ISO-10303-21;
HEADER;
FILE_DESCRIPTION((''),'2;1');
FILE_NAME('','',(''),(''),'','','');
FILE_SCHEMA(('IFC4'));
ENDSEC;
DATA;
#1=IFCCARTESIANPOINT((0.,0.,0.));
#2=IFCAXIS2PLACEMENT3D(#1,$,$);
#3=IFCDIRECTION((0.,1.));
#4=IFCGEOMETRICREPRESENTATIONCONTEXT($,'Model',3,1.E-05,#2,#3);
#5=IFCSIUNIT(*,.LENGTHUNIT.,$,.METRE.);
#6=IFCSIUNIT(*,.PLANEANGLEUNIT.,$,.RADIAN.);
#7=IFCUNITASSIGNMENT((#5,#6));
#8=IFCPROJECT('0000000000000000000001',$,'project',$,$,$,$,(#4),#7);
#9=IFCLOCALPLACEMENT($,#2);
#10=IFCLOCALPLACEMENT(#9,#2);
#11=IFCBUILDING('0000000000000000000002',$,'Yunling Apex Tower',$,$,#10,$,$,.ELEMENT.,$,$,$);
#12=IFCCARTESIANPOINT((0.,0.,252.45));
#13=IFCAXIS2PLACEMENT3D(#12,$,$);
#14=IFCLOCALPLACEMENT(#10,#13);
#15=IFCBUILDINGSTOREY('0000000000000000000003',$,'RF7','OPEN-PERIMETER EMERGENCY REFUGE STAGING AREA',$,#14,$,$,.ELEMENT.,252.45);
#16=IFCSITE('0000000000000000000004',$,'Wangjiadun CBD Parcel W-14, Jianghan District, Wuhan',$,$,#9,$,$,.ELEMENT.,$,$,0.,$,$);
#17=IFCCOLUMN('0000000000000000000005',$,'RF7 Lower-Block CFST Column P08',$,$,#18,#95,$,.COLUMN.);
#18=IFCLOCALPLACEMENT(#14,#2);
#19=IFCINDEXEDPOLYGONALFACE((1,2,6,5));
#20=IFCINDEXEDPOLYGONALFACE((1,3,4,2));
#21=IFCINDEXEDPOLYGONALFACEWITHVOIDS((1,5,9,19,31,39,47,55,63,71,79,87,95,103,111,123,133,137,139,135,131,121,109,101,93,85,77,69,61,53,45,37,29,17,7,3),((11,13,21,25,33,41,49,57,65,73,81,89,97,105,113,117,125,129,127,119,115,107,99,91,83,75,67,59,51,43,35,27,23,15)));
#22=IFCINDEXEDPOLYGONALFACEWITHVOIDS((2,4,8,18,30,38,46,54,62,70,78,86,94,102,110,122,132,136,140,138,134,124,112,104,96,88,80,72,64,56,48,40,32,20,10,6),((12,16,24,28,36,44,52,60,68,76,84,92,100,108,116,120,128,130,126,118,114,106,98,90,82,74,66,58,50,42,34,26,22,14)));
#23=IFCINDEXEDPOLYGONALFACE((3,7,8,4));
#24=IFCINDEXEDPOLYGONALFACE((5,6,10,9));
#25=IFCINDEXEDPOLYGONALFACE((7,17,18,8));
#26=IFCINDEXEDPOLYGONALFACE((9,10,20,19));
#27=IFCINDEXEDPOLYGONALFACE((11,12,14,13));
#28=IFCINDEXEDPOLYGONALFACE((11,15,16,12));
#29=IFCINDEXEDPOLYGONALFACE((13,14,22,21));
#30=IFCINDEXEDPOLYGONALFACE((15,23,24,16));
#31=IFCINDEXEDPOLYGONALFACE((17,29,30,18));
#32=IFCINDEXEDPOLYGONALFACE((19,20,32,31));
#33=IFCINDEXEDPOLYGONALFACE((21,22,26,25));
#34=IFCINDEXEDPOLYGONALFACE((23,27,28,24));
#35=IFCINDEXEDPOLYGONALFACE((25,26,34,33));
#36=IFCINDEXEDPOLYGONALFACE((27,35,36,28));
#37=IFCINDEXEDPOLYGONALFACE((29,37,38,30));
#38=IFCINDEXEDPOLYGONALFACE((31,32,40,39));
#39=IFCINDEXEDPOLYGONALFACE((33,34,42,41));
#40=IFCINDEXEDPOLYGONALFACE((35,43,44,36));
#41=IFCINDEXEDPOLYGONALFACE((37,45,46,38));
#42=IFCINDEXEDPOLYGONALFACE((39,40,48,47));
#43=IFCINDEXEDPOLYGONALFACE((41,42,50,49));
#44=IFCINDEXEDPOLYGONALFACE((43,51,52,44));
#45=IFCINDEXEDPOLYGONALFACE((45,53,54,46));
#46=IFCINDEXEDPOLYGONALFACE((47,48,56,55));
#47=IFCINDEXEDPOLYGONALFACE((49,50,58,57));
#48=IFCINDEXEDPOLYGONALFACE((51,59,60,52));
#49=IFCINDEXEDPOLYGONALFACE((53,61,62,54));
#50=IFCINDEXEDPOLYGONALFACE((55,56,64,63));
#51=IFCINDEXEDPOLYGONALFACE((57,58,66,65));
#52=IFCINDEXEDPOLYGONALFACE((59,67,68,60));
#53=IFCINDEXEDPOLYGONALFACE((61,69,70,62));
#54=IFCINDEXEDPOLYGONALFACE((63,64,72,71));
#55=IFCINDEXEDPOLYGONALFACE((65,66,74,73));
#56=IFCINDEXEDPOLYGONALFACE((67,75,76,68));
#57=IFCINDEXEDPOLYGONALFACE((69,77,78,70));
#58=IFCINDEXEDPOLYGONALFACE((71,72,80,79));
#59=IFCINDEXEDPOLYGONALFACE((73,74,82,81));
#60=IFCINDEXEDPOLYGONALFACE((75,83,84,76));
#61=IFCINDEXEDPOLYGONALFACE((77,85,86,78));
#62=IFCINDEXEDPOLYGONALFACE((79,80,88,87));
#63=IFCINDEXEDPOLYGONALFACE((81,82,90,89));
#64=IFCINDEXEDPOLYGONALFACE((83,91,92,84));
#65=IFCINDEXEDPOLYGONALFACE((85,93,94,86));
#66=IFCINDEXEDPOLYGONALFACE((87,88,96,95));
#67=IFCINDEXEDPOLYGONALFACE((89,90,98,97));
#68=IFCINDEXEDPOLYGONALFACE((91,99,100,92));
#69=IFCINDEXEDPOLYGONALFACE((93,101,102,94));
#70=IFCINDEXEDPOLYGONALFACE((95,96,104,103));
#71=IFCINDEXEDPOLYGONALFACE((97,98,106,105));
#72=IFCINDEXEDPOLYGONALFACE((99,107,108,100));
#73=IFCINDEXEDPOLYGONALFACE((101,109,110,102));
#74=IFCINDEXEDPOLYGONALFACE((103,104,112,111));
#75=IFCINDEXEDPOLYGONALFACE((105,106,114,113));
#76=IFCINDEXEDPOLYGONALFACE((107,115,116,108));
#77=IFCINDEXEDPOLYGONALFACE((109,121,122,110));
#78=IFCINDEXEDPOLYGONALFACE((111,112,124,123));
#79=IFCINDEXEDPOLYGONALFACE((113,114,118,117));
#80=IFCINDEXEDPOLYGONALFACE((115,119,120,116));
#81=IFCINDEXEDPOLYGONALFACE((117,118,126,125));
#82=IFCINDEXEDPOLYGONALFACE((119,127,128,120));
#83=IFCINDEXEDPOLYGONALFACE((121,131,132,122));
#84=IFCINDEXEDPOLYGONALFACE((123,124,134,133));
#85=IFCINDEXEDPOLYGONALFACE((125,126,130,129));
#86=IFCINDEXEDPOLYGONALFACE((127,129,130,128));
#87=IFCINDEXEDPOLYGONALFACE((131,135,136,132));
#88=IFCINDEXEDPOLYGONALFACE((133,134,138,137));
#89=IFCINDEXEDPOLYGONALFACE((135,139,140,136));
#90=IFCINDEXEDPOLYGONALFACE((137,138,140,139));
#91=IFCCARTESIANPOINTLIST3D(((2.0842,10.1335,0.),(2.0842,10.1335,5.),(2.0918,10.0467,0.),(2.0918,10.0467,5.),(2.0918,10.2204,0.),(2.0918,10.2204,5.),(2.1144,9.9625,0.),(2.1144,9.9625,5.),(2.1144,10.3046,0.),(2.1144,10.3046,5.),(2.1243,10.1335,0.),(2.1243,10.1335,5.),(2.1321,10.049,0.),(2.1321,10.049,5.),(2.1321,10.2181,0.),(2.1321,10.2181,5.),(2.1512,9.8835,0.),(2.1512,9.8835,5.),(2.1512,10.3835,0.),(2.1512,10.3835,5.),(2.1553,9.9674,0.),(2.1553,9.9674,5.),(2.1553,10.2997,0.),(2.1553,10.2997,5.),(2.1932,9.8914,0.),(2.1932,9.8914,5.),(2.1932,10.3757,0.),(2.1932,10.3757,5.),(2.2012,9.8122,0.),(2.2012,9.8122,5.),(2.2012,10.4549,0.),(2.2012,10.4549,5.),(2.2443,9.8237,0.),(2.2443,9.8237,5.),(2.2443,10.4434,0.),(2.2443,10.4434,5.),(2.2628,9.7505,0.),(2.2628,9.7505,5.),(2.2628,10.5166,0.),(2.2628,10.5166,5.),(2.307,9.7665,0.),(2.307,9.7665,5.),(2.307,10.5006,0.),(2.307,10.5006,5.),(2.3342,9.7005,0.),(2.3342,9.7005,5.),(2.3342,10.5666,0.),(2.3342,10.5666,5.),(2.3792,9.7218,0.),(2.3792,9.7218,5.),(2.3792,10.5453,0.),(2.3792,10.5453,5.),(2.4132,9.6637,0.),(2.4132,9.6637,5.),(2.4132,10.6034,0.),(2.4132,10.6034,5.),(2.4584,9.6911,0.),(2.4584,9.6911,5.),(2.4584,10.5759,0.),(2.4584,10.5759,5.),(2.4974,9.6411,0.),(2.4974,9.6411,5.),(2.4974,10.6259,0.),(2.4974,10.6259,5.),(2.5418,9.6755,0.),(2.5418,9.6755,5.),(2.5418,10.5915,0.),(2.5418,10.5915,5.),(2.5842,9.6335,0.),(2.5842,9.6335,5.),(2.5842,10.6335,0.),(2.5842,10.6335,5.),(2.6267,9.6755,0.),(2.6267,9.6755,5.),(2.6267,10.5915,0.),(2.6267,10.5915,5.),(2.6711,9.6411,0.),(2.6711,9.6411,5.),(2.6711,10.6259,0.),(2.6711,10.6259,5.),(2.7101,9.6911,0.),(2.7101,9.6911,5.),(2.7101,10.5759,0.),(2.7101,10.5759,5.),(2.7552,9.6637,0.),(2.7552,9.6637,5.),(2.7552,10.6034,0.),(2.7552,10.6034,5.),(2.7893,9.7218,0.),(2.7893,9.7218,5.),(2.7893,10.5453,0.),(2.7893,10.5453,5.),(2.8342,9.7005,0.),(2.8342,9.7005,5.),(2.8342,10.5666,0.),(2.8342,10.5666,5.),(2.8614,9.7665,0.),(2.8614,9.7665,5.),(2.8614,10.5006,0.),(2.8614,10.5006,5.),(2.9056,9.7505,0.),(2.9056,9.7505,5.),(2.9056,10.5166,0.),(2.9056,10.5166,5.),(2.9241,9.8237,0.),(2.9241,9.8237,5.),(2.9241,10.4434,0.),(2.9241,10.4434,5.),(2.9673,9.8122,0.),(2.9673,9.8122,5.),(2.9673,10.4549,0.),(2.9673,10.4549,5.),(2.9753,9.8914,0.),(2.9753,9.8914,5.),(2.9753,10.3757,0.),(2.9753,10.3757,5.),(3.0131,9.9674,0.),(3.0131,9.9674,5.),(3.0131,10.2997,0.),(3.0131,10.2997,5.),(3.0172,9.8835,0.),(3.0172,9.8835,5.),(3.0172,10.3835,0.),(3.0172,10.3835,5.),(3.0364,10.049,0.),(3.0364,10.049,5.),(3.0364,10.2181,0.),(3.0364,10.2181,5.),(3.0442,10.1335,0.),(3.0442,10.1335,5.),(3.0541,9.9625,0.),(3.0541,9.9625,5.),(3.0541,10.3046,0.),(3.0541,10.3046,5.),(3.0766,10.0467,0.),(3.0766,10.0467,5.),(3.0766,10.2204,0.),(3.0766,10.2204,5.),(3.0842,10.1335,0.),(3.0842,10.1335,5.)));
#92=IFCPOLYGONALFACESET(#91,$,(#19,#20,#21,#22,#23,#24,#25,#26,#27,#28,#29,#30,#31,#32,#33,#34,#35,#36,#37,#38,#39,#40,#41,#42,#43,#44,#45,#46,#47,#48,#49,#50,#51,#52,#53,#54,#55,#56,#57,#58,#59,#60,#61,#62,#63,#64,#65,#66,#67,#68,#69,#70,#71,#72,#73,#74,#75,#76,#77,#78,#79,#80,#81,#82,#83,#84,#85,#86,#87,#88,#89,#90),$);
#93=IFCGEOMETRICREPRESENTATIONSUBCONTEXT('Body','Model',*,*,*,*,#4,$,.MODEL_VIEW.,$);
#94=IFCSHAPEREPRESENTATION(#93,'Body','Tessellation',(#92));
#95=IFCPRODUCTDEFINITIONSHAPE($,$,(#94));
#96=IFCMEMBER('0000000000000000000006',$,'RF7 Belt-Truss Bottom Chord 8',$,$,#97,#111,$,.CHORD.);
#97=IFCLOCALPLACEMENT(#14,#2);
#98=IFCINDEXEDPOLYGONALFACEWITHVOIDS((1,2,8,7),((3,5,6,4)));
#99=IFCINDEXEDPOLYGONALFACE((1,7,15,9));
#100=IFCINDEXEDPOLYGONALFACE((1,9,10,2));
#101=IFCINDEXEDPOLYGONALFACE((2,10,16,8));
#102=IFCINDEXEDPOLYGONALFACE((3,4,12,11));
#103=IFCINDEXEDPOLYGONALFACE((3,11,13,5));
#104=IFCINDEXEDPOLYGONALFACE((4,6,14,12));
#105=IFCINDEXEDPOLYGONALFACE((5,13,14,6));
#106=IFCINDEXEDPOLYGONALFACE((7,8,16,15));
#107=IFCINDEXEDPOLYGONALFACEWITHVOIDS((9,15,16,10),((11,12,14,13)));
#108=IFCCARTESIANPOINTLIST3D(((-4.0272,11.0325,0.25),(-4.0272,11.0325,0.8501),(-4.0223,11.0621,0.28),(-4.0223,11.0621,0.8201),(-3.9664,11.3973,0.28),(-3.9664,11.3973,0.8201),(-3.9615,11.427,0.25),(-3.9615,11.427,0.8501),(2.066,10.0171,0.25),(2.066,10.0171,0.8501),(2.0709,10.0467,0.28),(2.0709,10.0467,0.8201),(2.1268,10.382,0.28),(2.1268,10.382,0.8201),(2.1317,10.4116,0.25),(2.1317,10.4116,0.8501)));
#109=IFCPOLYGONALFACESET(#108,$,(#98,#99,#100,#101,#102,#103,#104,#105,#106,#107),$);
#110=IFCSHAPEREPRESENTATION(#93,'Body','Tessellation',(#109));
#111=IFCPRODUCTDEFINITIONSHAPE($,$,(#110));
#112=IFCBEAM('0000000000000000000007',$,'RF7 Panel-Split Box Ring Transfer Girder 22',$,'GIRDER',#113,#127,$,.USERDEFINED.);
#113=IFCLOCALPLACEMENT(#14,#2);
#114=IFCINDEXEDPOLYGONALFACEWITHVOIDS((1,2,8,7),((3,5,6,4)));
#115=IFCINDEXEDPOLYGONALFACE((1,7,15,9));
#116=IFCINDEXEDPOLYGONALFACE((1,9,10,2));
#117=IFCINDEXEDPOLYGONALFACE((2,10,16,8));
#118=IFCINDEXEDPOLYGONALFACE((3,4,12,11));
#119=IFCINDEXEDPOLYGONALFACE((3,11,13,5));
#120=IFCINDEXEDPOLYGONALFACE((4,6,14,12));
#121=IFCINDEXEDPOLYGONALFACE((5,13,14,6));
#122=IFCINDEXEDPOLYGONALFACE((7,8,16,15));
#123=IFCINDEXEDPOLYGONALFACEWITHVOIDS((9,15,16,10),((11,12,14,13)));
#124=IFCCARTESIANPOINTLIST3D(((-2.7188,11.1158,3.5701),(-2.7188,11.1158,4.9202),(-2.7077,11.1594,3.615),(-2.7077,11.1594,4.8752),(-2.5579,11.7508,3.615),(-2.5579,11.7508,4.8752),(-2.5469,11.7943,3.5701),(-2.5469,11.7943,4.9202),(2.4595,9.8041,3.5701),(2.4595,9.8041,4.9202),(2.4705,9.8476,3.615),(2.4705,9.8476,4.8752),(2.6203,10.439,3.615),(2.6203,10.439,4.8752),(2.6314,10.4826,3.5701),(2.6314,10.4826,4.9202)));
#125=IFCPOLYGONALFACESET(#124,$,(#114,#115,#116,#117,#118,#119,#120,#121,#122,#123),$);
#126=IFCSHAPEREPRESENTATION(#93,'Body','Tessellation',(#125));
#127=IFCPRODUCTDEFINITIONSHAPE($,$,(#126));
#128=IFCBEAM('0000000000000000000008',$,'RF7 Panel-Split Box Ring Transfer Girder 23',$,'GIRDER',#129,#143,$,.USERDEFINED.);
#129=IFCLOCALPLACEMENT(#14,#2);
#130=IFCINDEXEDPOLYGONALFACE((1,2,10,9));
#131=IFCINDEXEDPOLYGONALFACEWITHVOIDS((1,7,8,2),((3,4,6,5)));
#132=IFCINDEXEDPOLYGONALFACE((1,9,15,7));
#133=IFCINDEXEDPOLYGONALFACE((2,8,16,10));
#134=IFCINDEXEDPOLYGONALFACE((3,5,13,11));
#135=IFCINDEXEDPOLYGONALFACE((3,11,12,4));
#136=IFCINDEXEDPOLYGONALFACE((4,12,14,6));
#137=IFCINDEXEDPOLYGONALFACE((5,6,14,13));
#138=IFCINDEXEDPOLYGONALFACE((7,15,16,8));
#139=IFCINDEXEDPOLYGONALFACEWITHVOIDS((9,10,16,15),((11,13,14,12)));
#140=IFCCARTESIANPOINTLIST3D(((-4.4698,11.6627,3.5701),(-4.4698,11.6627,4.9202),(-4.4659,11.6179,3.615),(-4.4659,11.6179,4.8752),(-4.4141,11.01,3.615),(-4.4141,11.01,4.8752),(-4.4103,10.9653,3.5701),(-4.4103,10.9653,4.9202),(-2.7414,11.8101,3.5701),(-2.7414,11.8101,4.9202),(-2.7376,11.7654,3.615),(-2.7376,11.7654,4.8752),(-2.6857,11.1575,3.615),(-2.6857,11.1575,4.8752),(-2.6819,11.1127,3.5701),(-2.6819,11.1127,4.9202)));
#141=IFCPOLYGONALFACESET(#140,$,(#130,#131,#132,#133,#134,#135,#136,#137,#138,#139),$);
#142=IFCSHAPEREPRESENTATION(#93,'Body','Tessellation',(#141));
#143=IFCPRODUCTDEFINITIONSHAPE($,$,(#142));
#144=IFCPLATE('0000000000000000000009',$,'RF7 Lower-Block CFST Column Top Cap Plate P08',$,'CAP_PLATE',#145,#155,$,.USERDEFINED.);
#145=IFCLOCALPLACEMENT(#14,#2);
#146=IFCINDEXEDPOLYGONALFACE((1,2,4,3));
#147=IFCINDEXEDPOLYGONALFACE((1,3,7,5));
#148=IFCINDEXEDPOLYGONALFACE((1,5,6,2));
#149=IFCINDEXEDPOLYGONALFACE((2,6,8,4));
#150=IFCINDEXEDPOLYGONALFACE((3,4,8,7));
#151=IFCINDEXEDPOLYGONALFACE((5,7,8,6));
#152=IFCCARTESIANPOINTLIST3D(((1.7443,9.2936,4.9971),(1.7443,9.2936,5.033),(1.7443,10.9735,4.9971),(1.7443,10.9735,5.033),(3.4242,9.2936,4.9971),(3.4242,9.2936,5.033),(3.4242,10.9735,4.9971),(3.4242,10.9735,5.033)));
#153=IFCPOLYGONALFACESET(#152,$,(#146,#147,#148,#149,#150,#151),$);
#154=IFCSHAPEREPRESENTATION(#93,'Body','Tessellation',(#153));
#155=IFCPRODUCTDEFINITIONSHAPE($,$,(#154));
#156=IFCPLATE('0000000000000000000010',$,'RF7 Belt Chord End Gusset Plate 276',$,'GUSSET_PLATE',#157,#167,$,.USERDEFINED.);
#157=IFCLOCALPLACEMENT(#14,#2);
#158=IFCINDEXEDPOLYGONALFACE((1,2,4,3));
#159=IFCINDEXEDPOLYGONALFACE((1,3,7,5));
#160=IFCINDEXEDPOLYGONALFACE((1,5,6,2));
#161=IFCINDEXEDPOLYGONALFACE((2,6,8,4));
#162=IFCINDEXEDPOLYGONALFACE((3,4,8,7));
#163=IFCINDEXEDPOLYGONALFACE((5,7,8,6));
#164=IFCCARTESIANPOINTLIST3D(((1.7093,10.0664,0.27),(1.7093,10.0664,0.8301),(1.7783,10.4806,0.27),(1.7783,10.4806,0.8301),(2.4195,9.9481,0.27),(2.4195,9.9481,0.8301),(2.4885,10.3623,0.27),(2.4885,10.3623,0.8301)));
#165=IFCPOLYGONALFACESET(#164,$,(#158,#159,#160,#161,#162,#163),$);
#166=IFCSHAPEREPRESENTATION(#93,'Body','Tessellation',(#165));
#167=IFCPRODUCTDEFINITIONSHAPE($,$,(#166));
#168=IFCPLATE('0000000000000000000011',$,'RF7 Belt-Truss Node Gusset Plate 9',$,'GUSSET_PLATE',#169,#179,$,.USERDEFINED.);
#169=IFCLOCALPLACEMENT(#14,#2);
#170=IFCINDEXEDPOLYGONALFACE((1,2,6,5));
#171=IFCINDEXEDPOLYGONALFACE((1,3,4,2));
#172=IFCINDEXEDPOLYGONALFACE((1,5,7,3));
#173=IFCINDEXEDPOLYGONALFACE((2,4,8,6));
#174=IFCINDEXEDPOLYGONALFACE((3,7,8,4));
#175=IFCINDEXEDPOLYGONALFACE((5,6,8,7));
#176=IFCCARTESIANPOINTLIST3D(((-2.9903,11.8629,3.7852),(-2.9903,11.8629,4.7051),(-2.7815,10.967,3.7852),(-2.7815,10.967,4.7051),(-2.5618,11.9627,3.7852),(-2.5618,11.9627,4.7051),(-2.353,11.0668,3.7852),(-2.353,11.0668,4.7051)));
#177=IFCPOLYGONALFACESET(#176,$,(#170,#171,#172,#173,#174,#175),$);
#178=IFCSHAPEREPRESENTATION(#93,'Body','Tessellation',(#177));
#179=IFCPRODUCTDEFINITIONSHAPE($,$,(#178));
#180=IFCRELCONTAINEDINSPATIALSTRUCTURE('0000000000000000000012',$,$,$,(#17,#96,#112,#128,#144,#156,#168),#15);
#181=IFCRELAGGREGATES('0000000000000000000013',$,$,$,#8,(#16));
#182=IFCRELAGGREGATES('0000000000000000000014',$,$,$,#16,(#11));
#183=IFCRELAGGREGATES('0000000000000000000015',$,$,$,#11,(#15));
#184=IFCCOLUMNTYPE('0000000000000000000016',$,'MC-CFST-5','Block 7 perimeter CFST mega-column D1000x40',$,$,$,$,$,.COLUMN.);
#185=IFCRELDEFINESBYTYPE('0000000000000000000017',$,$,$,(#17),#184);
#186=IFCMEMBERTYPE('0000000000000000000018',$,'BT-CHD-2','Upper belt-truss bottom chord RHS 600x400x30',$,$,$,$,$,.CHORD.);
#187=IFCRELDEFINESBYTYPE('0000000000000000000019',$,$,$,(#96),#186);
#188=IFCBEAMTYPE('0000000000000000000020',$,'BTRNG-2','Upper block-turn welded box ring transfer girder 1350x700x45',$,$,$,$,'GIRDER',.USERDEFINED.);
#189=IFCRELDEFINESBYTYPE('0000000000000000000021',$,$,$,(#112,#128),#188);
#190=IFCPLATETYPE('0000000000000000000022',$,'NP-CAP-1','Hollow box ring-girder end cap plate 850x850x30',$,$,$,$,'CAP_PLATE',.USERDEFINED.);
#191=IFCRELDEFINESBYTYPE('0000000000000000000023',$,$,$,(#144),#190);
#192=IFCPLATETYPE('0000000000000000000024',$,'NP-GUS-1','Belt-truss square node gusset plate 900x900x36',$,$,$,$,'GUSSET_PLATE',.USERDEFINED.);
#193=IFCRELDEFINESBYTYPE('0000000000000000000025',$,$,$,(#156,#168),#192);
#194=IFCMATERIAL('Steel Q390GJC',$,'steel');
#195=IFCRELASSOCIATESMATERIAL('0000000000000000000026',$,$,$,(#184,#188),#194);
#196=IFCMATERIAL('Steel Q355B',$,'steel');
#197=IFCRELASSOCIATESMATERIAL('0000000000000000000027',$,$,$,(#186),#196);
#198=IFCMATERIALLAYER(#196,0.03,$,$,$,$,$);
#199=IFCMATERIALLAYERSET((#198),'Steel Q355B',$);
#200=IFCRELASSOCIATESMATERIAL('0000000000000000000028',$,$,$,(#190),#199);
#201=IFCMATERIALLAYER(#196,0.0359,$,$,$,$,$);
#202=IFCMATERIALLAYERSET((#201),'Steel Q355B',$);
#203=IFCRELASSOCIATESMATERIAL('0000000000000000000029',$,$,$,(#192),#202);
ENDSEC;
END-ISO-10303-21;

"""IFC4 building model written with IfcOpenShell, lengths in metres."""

from ifc_helpers import new_model, si_unit, direction, frame, origin, origin_2d, place, context, subcontext, project, spatial, rectangle, hollow_rectangle, hollow_circle, extrude, source, transform, mapped, material, layer, layer_set, material_profile, profile_set, type_object, element, save


model = new_model("IFC4")

# Units and contexts
model_context = context("Model", 3, precision=1e-05, world=origin(), true_north=direction((0.0, 1.0)))
body_context = subcontext(model_context, "Body", "Model", "MODEL_VIEW")
ifc_project = project(units=[si_unit("LENGTHUNIT", "METRE"), si_unit("PLANEANGLEUNIT", "RADIAN")], contexts=[model_context])

# Site, building, storey
site_placement = place(None, origin())
site = spatial("IfcSite", under=ifc_project, at=site_placement, Name="Wangjiadun CBD Parcel W-14, Jianghan District, Wuhan", CompositionType="ELEMENT", RefElevation=0.0)
building_placement = place(site_placement, origin())
building = spatial("IfcBuilding", under=site, at=building_placement, Name="Yunling Apex Tower", CompositionType="ELEMENT")
storey_placement = place(building_placement, frame((0.0, 0.0, 252.45)))
storey = spatial("IfcBuildingStorey", under=building, at=storey_placement, Name="RF7", Description="OPEN-PERIMETER EMERGENCY REFUGE STAGING AREA", CompositionType="ELEMENT", Elevation=252.45)

# Column
ifc_material_1 = material(Name="Steel Q390GJC", Category="steel")
ifc_material_profile_1 = material_profile(ifc_material_1, hollow_circle(Radius=0.5, WallThickness=0.04, at=origin_2d()))
ifc_profile_set_1 = profile_set([ifc_material_profile_1], Name="Steel Q390GJC")
column_type = type_object("IfcColumnType", Name="MC-CFST-5", Description="Block 7 perimeter CFST mega-column D1000x40", PredefinedType="COLUMN", material=ifc_profile_set_1)
shared_shape_1 = source(origin(), body_context, "Body", "SweptSolid", [
    extrude(hollow_circle(Radius=0.5, WallThickness=0.04, at=origin_2d()), origin(), (0.0, 0.0, 1.0), 5.0),
])
column_placement = place(storey_placement, frame((2.5842, 10.1335, 0.0), z_axis=(0.0, 0.0, 1.0), x_axis=(1.0, 0.0, 0.0)))
element("IfcColumn", 1, at=column_placement, inside=storey, type_object=column_type, Name="RF7 Lower-Block CFST Column P08", PredefinedType="COLUMN", context=body_context, shape_type="MappedRepresentation", body=[
    mapped(shared_shape_1, transform((0.0, 0.0, 0.0), scale=1.0)),
])

# Member
ifc_material_2 = material(Name="Steel Q355B", Category="steel")
ifc_material_profile_2 = material_profile(ifc_material_2, hollow_rectangle(XDim=0.3999, YDim=0.6001, WallThickness=0.03, at=origin_2d()))
ifc_profile_set_2 = profile_set([ifc_material_profile_2], Name="Steel Q355B")
member_type = type_object("IfcMemberType", Name="BT-CHD-2", Description="Upper belt-truss bottom chord RHS 600x400x30", PredefinedType="CHORD", material=ifc_profile_set_2)
shared_shape_2 = source(origin(), body_context, "Body", "SweptSolid", [
    extrude(hollow_rectangle(XDim=0.3999, YDim=0.6001, WallThickness=0.03, at=origin_2d()), origin(), (0.0, 0.0, 1.0), 6.1772),
])
member_placement = place(storey_placement, frame((2.0989, 10.2144, 0.55), z_axis=(-0.986398, 0.164373, 0.0), x_axis=(-0.164373, -0.986398, 0.0)))
element("IfcMember", 2, at=member_placement, inside=storey, type_object=member_type, Name="RF7 Belt-Truss Bottom Chord 8", PredefinedType="CHORD", context=body_context, shape_type="MappedRepresentation", body=[
    mapped(shared_shape_2, transform((0.0, 0.0, 0.0), scale=1.0)),
])

# Beams
ifc_material_profile_3 = material_profile(ifc_material_1, hollow_rectangle(XDim=0.7, YDim=1.3501, WallThickness=0.0449, at=origin_2d()))
ifc_profile_set_3 = profile_set([ifc_material_profile_3], Name="Steel Q390GJC")
beam_type = type_object("IfcBeamType", Name="BTRNG-2", Description="Upper block-turn welded box ring transfer girder 1350x700x45", ElementType="GIRDER", PredefinedType="USERDEFINED", material=ifc_profile_set_3)
shared_shape_3 = source(origin(), body_context, "Body", "SweptSolid", [
    extrude(hollow_rectangle(XDim=0.7, YDim=1.3501, WallThickness=0.0449, at=origin_2d()), origin(), (0.0, 0.0, 1.0), 5.3418),
])
beam_1_placement = place(storey_placement, frame((2.5454, 10.1433, 4.2451), z_axis=(-0.96938, 0.245567, 0.0), x_axis=(-0.245567, -0.96938, 0.0)))
element("IfcBeam", 3, at=beam_1_placement, inside=storey, type_object=beam_type, Name="RF7 Panel-Split Box Ring Transfer Girder 22", ObjectType="GIRDER", PredefinedType="USERDEFINED", context=body_context, shape_type="MappedRepresentation", body=[
    mapped(shared_shape_3, transform((0.0, 0.0, 0.0), scale=1.0)),
])
shared_shape_4 = source(origin(), body_context, "Body", "SweptSolid", [
    extrude(hollow_rectangle(XDim=0.7, YDim=1.3501, WallThickness=0.0449, at=origin_2d()), origin(), (0.0, 0.0, 1.0), 1.7346),
])
beam_2_placement = place(storey_placement, frame((-2.7117, 11.4614, 4.2451), z_axis=(-0.99638, -0.085014, 0.0), x_axis=(0.085014, -0.99638, 0.0)))
element("IfcBeam", 4, at=beam_2_placement, inside=storey, type_object=beam_type, Name="RF7 Panel-Split Box Ring Transfer Girder 23", ObjectType="GIRDER", PredefinedType="USERDEFINED", context=body_context, shape_type="MappedRepresentation", body=[
    mapped(shared_shape_4, transform((0.0, 0.0, 0.0), scale=1.0)),
])

# Plates
ifc_layer_1 = layer(ifc_material_2, 0.03)
ifc_layer_set_1 = layer_set([ifc_layer_1], Name="Steel Q355B")
plate_type_1 = type_object("IfcPlateType", Name="NP-CAP-1", Description="Hollow box ring-girder end cap plate 850x850x30", ElementType="CAP_PLATE", PredefinedType="USERDEFINED", material=ifc_layer_set_1)
shared_shape_5 = source(origin(), body_context, "Body", "SweptSolid", [
    extrude(rectangle(XDim=1.6799, YDim=1.6799, at=origin_2d()), origin(), (0.0, 0.0, 1.0), 0.0359),
])
plate_1_placement = place(storey_placement, frame((2.5842, 10.1335, 4.9971), z_axis=(0.0, 0.0, 1.0), x_axis=(1.0, 0.0, 0.0)))
element("IfcPlate", 5, at=plate_1_placement, inside=storey, type_object=plate_type_1, Name="RF7 Lower-Block CFST Column Top Cap Plate P08", ObjectType="CAP_PLATE", PredefinedType="USERDEFINED", context=body_context, shape_type="MappedRepresentation", body=[
    mapped(shared_shape_5, transform((0.0, 0.0, 0.0), scale=1.0)),
])
ifc_layer_2 = layer(ifc_material_2, 0.0359)
ifc_layer_set_2 = layer_set([ifc_layer_2], Name="Steel Q355B")
plate_type_2 = type_object("IfcPlateType", Name="NP-GUS-1", Description="Belt-truss square node gusset plate 900x900x36", ElementType="GUSSET_PLATE", PredefinedType="USERDEFINED", material=ifc_layer_set_2)
shared_shape_6 = source(origin(), body_context, "Body", "SweptSolid", [
    extrude(rectangle(XDim=0.72, YDim=0.4199, at=origin_2d()), origin(), (0.0, 0.0, 1.0), 0.5601),
])
plate_2_placement = place(storey_placement, frame((2.0989, 10.2144, 0.27), z_axis=(0.0, 0.0, 1.0), x_axis=(-0.986401, 0.164359, 0.0)))
element("IfcPlate", 6, at=plate_2_placement, inside=storey, type_object=plate_type_2, Name="RF7 Belt Chord End Gusset Plate 276", ObjectType="GUSSET_PLATE", PredefinedType="USERDEFINED", context=body_context, shape_type="MappedRepresentation", body=[
    mapped(shared_shape_6, transform((0.0, 0.0, 0.0), scale=1.0)),
])
shared_shape_7 = source(origin(), body_context, "Body", "SweptSolid", [
    extrude(rectangle(XDim=0.9199, YDim=0.4399, at=origin_2d()), origin(), (0.0, 0.0, 1.0), 0.9199),
])
plate_3_placement = place(storey_placement, frame((-2.6716, 11.4648, 3.7852), z_axis=(0.0, 0.0, 1.0), x_axis=(-0.226991, 0.973897, 0.0)))
element("IfcPlate", 7, at=plate_3_placement, inside=storey, type_object=plate_type_2, Name="RF7 Belt-Truss Node Gusset Plate 9", ObjectType="GUSSET_PLATE", PredefinedType="USERDEFINED", context=body_context, shape_type="MappedRepresentation", body=[
    mapped(shared_shape_7, transform((0.0, 0.0, 0.0), scale=1.0)),
])

save(model, "model.ifc")
